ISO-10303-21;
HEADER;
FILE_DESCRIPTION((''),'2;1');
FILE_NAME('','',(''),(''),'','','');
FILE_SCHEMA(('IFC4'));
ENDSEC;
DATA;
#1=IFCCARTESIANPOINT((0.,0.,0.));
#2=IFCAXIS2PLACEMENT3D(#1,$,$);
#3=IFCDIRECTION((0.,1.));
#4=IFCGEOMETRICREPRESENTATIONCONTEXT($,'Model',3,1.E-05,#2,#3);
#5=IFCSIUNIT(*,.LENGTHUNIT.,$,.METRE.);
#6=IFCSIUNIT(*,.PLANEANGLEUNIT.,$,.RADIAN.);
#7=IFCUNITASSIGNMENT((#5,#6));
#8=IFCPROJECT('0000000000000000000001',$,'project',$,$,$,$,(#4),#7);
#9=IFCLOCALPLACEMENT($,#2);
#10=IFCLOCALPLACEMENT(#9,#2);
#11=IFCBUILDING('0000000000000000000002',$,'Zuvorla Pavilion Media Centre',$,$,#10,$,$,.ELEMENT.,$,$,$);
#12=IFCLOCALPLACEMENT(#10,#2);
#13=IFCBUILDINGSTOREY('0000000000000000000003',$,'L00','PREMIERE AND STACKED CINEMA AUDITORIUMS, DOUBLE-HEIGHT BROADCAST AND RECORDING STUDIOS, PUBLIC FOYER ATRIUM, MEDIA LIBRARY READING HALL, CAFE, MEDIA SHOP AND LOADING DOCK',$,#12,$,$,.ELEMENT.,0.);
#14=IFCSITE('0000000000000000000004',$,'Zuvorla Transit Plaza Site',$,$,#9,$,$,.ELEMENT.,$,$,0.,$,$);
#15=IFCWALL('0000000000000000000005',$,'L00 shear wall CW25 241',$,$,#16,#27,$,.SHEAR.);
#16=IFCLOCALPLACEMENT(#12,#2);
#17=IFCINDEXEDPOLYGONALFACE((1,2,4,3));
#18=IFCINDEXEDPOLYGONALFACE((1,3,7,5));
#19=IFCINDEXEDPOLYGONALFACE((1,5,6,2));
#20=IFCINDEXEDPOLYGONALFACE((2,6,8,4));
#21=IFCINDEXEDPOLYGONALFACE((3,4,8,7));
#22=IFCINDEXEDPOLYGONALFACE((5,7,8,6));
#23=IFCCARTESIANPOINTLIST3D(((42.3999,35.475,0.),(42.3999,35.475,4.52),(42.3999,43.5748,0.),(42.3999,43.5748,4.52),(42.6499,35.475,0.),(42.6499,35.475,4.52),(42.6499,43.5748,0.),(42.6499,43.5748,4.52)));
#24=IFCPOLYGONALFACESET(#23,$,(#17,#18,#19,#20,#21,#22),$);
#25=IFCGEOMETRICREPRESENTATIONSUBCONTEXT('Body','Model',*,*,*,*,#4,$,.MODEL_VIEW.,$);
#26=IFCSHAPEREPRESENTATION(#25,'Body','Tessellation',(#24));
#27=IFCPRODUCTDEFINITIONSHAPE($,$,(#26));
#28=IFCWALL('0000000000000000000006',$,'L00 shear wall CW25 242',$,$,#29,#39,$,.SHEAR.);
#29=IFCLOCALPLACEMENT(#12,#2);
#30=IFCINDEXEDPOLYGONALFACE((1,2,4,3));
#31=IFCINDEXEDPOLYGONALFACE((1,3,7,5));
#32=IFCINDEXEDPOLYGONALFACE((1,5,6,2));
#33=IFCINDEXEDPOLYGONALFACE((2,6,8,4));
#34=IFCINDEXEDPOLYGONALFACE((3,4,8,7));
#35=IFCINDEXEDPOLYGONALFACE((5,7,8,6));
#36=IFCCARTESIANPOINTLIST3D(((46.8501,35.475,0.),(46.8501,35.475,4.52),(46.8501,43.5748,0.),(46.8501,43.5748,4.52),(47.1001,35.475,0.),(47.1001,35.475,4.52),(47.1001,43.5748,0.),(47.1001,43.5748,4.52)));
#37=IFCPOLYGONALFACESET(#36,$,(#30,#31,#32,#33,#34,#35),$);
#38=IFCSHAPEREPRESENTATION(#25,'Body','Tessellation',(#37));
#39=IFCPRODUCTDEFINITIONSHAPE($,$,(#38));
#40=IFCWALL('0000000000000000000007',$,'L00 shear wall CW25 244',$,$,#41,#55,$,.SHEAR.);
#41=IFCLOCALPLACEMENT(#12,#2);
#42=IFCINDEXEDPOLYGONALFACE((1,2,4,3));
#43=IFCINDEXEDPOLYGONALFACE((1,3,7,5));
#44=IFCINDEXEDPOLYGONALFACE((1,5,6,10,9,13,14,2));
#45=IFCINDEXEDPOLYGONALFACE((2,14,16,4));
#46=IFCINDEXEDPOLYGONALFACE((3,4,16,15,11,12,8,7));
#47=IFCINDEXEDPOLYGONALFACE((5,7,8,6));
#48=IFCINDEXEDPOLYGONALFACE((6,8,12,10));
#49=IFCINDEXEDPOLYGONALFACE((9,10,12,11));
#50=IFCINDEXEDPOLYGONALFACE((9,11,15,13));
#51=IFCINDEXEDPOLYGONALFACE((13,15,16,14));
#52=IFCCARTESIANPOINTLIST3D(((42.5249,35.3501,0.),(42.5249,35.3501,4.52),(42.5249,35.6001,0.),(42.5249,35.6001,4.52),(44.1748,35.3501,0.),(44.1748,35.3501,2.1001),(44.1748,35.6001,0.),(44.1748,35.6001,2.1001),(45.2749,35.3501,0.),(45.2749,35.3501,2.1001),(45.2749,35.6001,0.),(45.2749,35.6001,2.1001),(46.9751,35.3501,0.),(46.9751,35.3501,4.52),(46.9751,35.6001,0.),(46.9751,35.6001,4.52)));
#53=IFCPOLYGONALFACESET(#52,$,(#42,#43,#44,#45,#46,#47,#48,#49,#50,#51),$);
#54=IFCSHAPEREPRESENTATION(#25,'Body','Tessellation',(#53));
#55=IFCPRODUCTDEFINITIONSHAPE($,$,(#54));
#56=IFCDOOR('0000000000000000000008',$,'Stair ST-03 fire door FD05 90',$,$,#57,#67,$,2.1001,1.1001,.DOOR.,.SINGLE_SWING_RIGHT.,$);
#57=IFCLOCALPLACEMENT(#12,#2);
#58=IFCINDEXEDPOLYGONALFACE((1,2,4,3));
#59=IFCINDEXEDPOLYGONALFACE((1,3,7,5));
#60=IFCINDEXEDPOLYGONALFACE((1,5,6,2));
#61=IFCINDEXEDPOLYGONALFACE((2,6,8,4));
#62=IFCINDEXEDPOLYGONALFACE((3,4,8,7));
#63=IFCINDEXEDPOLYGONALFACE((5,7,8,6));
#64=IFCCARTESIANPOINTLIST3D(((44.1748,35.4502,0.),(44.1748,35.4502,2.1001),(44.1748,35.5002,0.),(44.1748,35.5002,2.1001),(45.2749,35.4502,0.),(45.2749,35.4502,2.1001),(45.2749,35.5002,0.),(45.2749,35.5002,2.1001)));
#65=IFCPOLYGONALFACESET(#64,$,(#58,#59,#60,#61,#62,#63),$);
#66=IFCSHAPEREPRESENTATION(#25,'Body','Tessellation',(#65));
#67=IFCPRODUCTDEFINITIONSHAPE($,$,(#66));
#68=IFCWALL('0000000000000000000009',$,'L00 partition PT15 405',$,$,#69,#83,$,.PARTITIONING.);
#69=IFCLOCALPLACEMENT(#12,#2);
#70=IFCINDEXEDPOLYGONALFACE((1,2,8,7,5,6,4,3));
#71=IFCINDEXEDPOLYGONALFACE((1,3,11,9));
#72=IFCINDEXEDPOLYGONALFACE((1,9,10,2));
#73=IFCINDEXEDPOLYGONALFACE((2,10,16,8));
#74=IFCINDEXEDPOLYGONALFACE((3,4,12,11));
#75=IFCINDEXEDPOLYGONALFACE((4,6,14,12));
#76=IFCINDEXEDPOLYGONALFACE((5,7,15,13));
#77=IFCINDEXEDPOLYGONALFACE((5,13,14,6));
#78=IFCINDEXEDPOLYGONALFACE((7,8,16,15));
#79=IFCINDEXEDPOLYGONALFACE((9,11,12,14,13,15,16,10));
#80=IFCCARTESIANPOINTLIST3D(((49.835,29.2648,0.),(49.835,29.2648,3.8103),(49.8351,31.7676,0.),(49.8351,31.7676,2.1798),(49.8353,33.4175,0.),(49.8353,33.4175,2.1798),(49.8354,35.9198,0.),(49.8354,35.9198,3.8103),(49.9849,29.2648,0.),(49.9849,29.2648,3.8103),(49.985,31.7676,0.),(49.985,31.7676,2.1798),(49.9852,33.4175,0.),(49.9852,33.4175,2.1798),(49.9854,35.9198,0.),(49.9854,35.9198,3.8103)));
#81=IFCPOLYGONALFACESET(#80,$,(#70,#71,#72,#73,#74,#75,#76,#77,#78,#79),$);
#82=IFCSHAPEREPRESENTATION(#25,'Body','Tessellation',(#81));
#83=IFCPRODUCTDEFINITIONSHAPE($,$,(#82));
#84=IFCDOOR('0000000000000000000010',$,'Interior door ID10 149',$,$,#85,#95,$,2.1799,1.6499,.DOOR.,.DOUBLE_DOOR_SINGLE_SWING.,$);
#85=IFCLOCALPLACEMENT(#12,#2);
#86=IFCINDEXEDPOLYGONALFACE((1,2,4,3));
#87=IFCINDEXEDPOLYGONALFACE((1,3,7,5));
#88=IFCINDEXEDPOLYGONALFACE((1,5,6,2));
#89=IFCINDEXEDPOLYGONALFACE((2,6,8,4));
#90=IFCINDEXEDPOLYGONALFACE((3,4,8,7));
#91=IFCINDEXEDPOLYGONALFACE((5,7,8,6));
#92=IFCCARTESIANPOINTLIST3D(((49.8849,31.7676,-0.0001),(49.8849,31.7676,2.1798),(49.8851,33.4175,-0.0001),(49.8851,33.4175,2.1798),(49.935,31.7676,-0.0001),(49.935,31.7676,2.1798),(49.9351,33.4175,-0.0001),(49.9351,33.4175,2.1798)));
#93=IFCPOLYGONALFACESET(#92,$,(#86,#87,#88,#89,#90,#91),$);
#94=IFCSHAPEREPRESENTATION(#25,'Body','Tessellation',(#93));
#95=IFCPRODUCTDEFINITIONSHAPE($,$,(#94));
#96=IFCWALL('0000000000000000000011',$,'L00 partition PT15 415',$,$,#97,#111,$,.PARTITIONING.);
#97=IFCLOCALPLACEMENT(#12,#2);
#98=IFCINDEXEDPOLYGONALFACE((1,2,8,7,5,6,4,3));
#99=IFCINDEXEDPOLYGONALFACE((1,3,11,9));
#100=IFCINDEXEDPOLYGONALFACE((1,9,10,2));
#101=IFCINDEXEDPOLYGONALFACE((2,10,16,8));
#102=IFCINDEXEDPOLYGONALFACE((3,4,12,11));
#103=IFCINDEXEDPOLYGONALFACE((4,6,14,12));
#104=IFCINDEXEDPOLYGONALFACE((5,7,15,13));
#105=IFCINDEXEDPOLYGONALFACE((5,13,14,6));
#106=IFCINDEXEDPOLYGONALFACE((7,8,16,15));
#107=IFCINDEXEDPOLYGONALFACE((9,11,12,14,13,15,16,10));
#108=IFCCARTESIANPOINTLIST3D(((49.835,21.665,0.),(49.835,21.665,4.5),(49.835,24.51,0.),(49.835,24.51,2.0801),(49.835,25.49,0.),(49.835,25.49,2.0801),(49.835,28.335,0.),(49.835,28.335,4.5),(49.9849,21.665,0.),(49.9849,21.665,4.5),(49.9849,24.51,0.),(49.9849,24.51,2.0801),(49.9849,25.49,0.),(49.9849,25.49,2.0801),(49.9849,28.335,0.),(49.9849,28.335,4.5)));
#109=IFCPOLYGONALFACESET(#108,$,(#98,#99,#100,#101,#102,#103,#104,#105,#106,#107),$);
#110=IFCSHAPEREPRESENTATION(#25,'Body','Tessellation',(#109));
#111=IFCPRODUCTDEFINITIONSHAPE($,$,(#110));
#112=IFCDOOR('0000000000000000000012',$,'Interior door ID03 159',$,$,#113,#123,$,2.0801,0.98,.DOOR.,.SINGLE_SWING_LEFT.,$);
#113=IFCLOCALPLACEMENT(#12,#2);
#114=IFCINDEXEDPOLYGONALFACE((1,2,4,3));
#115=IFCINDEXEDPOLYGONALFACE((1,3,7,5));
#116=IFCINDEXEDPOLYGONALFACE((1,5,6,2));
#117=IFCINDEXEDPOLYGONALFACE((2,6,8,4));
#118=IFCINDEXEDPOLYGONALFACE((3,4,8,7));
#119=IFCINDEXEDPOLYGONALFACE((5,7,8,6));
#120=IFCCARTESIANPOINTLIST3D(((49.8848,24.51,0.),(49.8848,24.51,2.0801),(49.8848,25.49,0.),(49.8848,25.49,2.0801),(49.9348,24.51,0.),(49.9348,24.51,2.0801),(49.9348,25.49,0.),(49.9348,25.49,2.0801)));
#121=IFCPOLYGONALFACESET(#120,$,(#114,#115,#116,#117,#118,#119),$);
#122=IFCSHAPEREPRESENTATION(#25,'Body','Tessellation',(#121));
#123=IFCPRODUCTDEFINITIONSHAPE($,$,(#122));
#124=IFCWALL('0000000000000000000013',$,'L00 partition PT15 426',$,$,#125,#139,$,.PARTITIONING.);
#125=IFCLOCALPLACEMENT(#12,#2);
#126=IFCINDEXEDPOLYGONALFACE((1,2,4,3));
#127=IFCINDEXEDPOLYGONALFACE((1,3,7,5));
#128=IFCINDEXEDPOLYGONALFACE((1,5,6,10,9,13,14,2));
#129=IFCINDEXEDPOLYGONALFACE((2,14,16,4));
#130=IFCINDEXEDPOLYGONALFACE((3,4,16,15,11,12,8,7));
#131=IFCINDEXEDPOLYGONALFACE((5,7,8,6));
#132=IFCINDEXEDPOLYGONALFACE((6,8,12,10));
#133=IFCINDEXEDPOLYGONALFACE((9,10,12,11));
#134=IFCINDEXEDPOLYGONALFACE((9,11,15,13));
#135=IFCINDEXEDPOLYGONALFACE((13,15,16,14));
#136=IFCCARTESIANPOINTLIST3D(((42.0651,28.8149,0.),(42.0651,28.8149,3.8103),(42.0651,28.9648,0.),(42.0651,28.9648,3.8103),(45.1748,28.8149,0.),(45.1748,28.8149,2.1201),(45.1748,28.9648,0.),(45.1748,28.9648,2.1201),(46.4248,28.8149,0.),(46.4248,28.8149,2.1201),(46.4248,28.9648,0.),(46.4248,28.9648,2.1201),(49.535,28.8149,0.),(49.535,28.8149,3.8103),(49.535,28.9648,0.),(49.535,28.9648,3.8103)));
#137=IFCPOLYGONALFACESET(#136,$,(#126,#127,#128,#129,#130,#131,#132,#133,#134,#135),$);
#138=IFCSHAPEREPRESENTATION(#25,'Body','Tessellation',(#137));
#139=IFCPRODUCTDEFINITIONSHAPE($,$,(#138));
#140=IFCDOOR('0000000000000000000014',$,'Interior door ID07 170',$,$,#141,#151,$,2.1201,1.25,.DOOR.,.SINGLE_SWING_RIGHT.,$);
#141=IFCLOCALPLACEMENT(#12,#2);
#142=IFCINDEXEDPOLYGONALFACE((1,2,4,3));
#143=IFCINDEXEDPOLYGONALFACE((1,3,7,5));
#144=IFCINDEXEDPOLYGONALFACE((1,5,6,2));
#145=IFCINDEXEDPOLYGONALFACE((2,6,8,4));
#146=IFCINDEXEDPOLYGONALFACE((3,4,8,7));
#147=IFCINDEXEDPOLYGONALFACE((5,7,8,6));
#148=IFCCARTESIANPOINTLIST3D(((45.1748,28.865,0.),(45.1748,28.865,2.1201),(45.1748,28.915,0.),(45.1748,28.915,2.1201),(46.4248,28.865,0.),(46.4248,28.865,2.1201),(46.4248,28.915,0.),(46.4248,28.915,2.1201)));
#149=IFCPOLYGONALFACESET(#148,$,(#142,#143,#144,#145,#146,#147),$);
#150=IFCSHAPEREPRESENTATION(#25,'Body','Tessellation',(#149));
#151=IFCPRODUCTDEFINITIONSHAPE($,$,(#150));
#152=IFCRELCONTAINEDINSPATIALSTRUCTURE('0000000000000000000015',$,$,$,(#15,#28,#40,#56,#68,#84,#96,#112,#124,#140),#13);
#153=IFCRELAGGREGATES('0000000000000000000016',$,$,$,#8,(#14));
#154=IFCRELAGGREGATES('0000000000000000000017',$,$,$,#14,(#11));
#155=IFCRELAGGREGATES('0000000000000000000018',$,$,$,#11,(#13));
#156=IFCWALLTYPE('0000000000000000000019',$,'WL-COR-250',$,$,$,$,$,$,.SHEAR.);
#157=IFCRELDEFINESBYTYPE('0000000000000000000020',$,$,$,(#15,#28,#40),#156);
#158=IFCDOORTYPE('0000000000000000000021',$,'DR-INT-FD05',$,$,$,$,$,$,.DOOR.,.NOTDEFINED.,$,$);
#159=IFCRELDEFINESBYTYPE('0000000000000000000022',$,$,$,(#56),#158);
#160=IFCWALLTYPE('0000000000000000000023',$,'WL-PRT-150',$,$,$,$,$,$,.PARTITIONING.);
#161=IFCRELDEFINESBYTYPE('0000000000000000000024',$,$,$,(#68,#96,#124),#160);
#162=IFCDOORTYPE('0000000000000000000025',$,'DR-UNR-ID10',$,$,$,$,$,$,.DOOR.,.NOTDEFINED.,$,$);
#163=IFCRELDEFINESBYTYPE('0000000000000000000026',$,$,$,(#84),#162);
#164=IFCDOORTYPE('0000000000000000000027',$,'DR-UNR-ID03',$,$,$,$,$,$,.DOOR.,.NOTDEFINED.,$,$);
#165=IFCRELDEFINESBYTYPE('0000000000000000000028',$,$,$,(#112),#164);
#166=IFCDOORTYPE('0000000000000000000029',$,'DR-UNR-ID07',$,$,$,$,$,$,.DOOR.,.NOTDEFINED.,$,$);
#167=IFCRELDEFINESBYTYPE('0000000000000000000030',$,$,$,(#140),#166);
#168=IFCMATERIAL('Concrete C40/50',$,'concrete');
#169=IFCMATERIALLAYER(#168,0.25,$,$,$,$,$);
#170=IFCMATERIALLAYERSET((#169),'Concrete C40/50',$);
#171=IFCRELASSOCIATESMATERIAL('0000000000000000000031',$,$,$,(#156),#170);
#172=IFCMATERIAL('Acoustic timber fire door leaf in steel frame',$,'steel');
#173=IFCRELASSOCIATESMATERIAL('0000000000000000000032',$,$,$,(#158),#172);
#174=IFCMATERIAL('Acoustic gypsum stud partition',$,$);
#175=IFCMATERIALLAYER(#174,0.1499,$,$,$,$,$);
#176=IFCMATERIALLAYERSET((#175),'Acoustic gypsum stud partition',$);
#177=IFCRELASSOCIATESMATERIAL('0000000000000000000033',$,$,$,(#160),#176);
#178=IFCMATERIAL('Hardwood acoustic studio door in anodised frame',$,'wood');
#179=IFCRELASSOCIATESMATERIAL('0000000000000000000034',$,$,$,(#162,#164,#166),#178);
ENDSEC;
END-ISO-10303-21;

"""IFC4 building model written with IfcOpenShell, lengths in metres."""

from ifc_helpers import new_model, si_unit, direction, frame, frame_2d, origin, place, context, subcontext, project, spatial, rectangle, extrude, material, layer, layer_set, type_object, element, fill, save


model = new_model("IFC4")

# Units and contexts
model_context = context("Model", 3, precision=1e-05, world=origin(), true_north=direction((0.0, 1.0)))
body_context = subcontext(model_context, "Body", "Model", "MODEL_VIEW")
ifc_project = project(units=[si_unit("LENGTHUNIT", "METRE"), si_unit("PLANEANGLEUNIT", "RADIAN")], contexts=[model_context])

# Site, building, storey
site_placement = place(None, origin())
site = spatial("IfcSite", under=ifc_project, at=site_placement, Name="Zuvorla Transit Plaza Site", CompositionType="ELEMENT", RefElevation=0.0)
building_placement = place(site_placement, origin())
building = spatial("IfcBuilding", under=site, at=building_placement, Name="Zuvorla Pavilion Media Centre", CompositionType="ELEMENT")
storey_placement = place(building_placement, origin())
storey = spatial("IfcBuildingStorey", under=building, at=storey_placement, Name="L00", Description="PREMIERE AND STACKED CINEMA AUDITORIUMS, DOUBLE-HEIGHT BROADCAST AND RECORDING STUDIOS, PUBLIC FOYER ATRIUM, MEDIA LIBRARY READING HALL, CAFE, MEDIA SHOP AND LOADING DOCK", CompositionType="ELEMENT", Elevation=0.0)

# Shared definitions
ifc_material_1 = material(Name="Concrete C40/50", Category="concrete")

# Walls
ifc_layer_1 = layer(ifc_material_1, 0.25)
ifc_layer_set_1 = layer_set([ifc_layer_1], Name="Concrete C40/50")
wall_type_1 = type_object("IfcWallType", Name="WL-COR-250", PredefinedType="SHEAR", material=ifc_layer_set_1)
for number, where, z_axis, x_axis, name in (
    (1, (42.5249, 35.4751, 0.0), (0.0, 0.0, 1.0), (0.0, 1.0, 0.0), "L00 shear wall CW25 241"),
    (2, (46.9751, 35.4751, 0.0), (0.0, 0.0, 1.0), (0.0, 1.0, 0.0), "L00 shear wall CW25 242"),
):
    element("IfcWall", number, at=place(storey_placement, frame(where, z_axis=z_axis, x_axis=x_axis)), inside=storey, type_object=wall_type_1, Name=name, PredefinedType="SHEAR", context=body_context, shape_type="SweptSolid", body=[
        extrude(rectangle(XDim=8.0999, YDim=0.25, at=frame_2d((4.0498, 0.0))), origin(), (0.0, 0.0, 1.0), 4.52),
    ])

# Walls, openings, doors
wall_1_placement = place(storey_placement, frame((42.5249, 35.4751, 0.0), z_axis=(0.0, 0.0, 1.0), x_axis=(1.0, 0.0, 0.0)))
wall_1 = element("IfcWall", 3, at=wall_1_placement, inside=storey, type_object=wall_type_1, Name="L00 shear wall CW25 244", PredefinedType="SHEAR", context=body_context, shape_type="SweptSolid", body=[
    extrude(rectangle(XDim=4.4502, YDim=0.25, at=frame_2d((2.2251, 0.0))), origin(), (0.0, 0.0, 1.0), 4.52),
])
opening_1_placement = place(wall_1_placement, frame((1.6499, 0.0, 0.0)))
opening_1 = element("IfcOpeningElement", 4, at=opening_1_placement, cuts=wall_1, PredefinedType="OPENING", context=body_context, shape_type="SweptSolid", body=[
    extrude(rectangle(XDim=1.1001, YDim=2.1001, at=frame_2d((0.55, 1.05))), frame((0.0, 0.135, 0.0), z_axis=(0.0, -1.0, 0.0), x_axis=(1.0, 0.0, 0.0)), (0.0, 0.0, 1.0), 0.27),
])
ifc_material_2 = material(Name="Acoustic timber fire door leaf in steel frame", Category="steel")
door_type_1 = type_object("IfcDoorType", Name="DR-INT-FD05", OperationType="NOTDEFINED", PredefinedType="DOOR", material=ifc_material_2)
door_1_placement = place(opening_1_placement, frame((1.1001, 0.0, 0.0), z_axis=(0.0, 0.0, 1.0), x_axis=(-1.0, 0.0, 0.0)))
door_1 = element("IfcDoor", 5, at=door_1_placement, inside=storey, type_object=door_type_1, Name="Stair ST-03 fire door FD05 90", OperationType="SINGLE_SWING_RIGHT", OverallHeight=2.1001, OverallWidth=1.1001, PredefinedType="DOOR", context=body_context, shape_type="SweptSolid", body=[
    extrude(rectangle(XDim=1.1001, YDim=2.1001, at=frame_2d((0.55, 1.05))), frame((0.0, 0.0249, 0.0), z_axis=(0.0, -1.0, 0.0), x_axis=(1.0, 0.0, 0.0)), (0.0, 0.0, 1.0), 0.05),
])
fill(opening_1, door_1)
ifc_material_3 = material(Name="Acoustic gypsum stud partition")
ifc_layer_2 = layer(ifc_material_3, 0.1499)
ifc_layer_set_2 = layer_set([ifc_layer_2], Name="Acoustic gypsum stud partition")
wall_type_2 = type_object("IfcWallType", Name="WL-PRT-150", PredefinedType="PARTITIONING", material=ifc_layer_set_2)
wall_2_placement = place(storey_placement, frame((49.9104, 35.9199, 0.0), z_axis=(0.0, 0.0, 1.0), x_axis=(-0.000073, -1.0, 0.0)))
wall_2 = element("IfcWall", 6, at=wall_2_placement, inside=storey, type_object=wall_type_2, Name="L00 partition PT15 405", PredefinedType="PARTITIONING", context=body_context, shape_type="SweptSolid", body=[
    extrude(rectangle(XDim=6.655, YDim=0.1499, at=frame_2d((3.3276, 0.0))), origin(), (0.0, 0.0, 1.0), 3.8103),
])
opening_2_placement = place(wall_2_placement, frame((2.5024, 0.0, 0.0)))
opening_2 = element("IfcOpeningElement", 7, at=opening_2_placement, cuts=wall_2, PredefinedType="OPENING", context=body_context, shape_type="SweptSolid", body=[
    extrude(rectangle(XDim=1.6499, YDim=2.1799, at=frame_2d((0.825, 1.0898))), frame((0.0, 0.085, 0.0), z_axis=(0.0, -1.0, 0.0), x_axis=(1.0, 0.0, 0.0)), (0.0, 0.0, 1.0), 0.1699),
])
ifc_material_4 = material(Name="Hardwood acoustic studio door in anodised frame", Category="wood")
door_type_2 = type_object("IfcDoorType", Name="DR-UNR-ID10", OperationType="NOTDEFINED", PredefinedType="DOOR", material=ifc_material_4)
door_2_placement = place(opening_2_placement, origin())
door_2 = element("IfcDoor", 8, at=door_2_placement, inside=storey, type_object=door_type_2, Name="Interior door ID10 149", OperationType="DOUBLE_DOOR_SINGLE_SWING", OverallHeight=2.1799, OverallWidth=1.6499, PredefinedType="DOOR", context=body_context, shape_type="SweptSolid", body=[
    extrude(rectangle(XDim=1.6499, YDim=2.1799, at=frame_2d((0.825, 1.0898))), frame((0.0, 0.0249, 0.0), z_axis=(0.0, -1.0, 0.0), x_axis=(1.0, 0.0, 0.0)), (0.0, 0.0, 1.0), 0.05),
])
fill(opening_2, door_2)
wall_3_placement = place(storey_placement, frame((49.9099, 28.335, 0.0), z_axis=(0.0, 0.0, 1.0), x_axis=(0.0, -1.0, 0.0)))
wall_3 = element("IfcWall", 9, at=wall_3_placement, inside=storey, type_object=wall_type_2, Name="L00 partition PT15 415", PredefinedType="PARTITIONING", context=body_context, shape_type="SweptSolid", body=[
    extrude(rectangle(XDim=6.6699, YDim=0.1499, at=frame_2d((3.335, 0.0))), origin(), (0.0, 0.0, 1.0), 4.5),
])
opening_3_placement = place(wall_3_placement, frame((2.845, 0.0, 0.0)))
opening_3 = element("IfcOpeningElement", 10, at=opening_3_placement, cuts=wall_3, PredefinedType="OPENING", context=body_context, shape_type="SweptSolid", body=[
    extrude(rectangle(XDim=0.98, YDim=2.0801, at=frame_2d((0.49, 1.04))), frame((0.0, 0.085, 0.0), z_axis=(0.0, -1.0, 0.0), x_axis=(1.0, 0.0, 0.0)), (0.0, 0.0, 1.0), 0.1699),
])
door_type_3 = type_object("IfcDoorType", Name="DR-UNR-ID03", OperationType="NOTDEFINED", PredefinedType="DOOR", material=ifc_material_4)
door_3_placement = place(opening_3_placement, origin())
door_3 = element("IfcDoor", 11, at=door_3_placement, inside=storey, type_object=door_type_3, Name="Interior door ID03 159", OperationType="SINGLE_SWING_LEFT", OverallHeight=2.0801, OverallWidth=0.98, PredefinedType="DOOR", context=body_context, shape_type="SweptSolid", body=[
    extrude(rectangle(XDim=0.98, YDim=2.0801, at=frame_2d((0.49, 1.04))), frame((0.0, 0.0249, 0.0), z_axis=(0.0, -1.0, 0.0), x_axis=(1.0, 0.0, 0.0)), (0.0, 0.0, 1.0), 0.05),
])
fill(opening_3, door_3)
wall_4_placement = place(storey_placement, frame((49.5349, 28.8899, 0.0), z_axis=(0.0, 0.0, 1.0), x_axis=(-1.0, 0.0, 0.0)))
wall_4 = element("IfcWall", 12, at=wall_4_placement, inside=storey, type_object=wall_type_2, Name="L00 partition PT15 426", PredefinedType="PARTITIONING", context=body_context, shape_type="SweptSolid", body=[
    extrude(rectangle(XDim=7.47, YDim=0.1499, at=frame_2d((3.7349, 0.0))), origin(), (0.0, 0.0, 1.0), 3.8103),
])
opening_4_placement = place(wall_4_placement, frame((3.1101, 0.0, 0.0)))
opening_4 = element("IfcOpeningElement", 13, at=opening_4_placement, cuts=wall_4, PredefinedType="OPENING", context=body_context, shape_type="SweptSolid", body=[
    extrude(rectangle(XDim=1.25, YDim=2.1201, at=frame_2d((0.625, 1.0601))), frame((0.0, 0.085, 0.0), z_axis=(0.0, -1.0, 0.0), x_axis=(1.0, 0.0, 0.0)), (0.0, 0.0, 1.0), 0.1699),
])
door_type_4 = type_object("IfcDoorType", Name="DR-UNR-ID07", OperationType="NOTDEFINED", PredefinedType="DOOR", material=ifc_material_4)
door_4_placement = place(opening_4_placement, origin())
door_4 = element("IfcDoor", 14, at=door_4_placement, inside=storey, type_object=door_type_4, Name="Interior door ID07 170", OperationType="SINGLE_SWING_RIGHT", OverallHeight=2.1201, OverallWidth=1.25, PredefinedType="DOOR", context=body_context, shape_type="SweptSolid", body=[
    extrude(rectangle(XDim=1.25, YDim=2.1201, at=frame_2d((0.625, 1.0601))), frame((0.0, 0.0249, 0.0), z_axis=(0.0, -1.0, 0.0), x_axis=(1.0, 0.0, 0.0)), (0.0, 0.0, 1.0), 0.05),
])
fill(opening_4, door_4)

save(model, "model.ifc")
